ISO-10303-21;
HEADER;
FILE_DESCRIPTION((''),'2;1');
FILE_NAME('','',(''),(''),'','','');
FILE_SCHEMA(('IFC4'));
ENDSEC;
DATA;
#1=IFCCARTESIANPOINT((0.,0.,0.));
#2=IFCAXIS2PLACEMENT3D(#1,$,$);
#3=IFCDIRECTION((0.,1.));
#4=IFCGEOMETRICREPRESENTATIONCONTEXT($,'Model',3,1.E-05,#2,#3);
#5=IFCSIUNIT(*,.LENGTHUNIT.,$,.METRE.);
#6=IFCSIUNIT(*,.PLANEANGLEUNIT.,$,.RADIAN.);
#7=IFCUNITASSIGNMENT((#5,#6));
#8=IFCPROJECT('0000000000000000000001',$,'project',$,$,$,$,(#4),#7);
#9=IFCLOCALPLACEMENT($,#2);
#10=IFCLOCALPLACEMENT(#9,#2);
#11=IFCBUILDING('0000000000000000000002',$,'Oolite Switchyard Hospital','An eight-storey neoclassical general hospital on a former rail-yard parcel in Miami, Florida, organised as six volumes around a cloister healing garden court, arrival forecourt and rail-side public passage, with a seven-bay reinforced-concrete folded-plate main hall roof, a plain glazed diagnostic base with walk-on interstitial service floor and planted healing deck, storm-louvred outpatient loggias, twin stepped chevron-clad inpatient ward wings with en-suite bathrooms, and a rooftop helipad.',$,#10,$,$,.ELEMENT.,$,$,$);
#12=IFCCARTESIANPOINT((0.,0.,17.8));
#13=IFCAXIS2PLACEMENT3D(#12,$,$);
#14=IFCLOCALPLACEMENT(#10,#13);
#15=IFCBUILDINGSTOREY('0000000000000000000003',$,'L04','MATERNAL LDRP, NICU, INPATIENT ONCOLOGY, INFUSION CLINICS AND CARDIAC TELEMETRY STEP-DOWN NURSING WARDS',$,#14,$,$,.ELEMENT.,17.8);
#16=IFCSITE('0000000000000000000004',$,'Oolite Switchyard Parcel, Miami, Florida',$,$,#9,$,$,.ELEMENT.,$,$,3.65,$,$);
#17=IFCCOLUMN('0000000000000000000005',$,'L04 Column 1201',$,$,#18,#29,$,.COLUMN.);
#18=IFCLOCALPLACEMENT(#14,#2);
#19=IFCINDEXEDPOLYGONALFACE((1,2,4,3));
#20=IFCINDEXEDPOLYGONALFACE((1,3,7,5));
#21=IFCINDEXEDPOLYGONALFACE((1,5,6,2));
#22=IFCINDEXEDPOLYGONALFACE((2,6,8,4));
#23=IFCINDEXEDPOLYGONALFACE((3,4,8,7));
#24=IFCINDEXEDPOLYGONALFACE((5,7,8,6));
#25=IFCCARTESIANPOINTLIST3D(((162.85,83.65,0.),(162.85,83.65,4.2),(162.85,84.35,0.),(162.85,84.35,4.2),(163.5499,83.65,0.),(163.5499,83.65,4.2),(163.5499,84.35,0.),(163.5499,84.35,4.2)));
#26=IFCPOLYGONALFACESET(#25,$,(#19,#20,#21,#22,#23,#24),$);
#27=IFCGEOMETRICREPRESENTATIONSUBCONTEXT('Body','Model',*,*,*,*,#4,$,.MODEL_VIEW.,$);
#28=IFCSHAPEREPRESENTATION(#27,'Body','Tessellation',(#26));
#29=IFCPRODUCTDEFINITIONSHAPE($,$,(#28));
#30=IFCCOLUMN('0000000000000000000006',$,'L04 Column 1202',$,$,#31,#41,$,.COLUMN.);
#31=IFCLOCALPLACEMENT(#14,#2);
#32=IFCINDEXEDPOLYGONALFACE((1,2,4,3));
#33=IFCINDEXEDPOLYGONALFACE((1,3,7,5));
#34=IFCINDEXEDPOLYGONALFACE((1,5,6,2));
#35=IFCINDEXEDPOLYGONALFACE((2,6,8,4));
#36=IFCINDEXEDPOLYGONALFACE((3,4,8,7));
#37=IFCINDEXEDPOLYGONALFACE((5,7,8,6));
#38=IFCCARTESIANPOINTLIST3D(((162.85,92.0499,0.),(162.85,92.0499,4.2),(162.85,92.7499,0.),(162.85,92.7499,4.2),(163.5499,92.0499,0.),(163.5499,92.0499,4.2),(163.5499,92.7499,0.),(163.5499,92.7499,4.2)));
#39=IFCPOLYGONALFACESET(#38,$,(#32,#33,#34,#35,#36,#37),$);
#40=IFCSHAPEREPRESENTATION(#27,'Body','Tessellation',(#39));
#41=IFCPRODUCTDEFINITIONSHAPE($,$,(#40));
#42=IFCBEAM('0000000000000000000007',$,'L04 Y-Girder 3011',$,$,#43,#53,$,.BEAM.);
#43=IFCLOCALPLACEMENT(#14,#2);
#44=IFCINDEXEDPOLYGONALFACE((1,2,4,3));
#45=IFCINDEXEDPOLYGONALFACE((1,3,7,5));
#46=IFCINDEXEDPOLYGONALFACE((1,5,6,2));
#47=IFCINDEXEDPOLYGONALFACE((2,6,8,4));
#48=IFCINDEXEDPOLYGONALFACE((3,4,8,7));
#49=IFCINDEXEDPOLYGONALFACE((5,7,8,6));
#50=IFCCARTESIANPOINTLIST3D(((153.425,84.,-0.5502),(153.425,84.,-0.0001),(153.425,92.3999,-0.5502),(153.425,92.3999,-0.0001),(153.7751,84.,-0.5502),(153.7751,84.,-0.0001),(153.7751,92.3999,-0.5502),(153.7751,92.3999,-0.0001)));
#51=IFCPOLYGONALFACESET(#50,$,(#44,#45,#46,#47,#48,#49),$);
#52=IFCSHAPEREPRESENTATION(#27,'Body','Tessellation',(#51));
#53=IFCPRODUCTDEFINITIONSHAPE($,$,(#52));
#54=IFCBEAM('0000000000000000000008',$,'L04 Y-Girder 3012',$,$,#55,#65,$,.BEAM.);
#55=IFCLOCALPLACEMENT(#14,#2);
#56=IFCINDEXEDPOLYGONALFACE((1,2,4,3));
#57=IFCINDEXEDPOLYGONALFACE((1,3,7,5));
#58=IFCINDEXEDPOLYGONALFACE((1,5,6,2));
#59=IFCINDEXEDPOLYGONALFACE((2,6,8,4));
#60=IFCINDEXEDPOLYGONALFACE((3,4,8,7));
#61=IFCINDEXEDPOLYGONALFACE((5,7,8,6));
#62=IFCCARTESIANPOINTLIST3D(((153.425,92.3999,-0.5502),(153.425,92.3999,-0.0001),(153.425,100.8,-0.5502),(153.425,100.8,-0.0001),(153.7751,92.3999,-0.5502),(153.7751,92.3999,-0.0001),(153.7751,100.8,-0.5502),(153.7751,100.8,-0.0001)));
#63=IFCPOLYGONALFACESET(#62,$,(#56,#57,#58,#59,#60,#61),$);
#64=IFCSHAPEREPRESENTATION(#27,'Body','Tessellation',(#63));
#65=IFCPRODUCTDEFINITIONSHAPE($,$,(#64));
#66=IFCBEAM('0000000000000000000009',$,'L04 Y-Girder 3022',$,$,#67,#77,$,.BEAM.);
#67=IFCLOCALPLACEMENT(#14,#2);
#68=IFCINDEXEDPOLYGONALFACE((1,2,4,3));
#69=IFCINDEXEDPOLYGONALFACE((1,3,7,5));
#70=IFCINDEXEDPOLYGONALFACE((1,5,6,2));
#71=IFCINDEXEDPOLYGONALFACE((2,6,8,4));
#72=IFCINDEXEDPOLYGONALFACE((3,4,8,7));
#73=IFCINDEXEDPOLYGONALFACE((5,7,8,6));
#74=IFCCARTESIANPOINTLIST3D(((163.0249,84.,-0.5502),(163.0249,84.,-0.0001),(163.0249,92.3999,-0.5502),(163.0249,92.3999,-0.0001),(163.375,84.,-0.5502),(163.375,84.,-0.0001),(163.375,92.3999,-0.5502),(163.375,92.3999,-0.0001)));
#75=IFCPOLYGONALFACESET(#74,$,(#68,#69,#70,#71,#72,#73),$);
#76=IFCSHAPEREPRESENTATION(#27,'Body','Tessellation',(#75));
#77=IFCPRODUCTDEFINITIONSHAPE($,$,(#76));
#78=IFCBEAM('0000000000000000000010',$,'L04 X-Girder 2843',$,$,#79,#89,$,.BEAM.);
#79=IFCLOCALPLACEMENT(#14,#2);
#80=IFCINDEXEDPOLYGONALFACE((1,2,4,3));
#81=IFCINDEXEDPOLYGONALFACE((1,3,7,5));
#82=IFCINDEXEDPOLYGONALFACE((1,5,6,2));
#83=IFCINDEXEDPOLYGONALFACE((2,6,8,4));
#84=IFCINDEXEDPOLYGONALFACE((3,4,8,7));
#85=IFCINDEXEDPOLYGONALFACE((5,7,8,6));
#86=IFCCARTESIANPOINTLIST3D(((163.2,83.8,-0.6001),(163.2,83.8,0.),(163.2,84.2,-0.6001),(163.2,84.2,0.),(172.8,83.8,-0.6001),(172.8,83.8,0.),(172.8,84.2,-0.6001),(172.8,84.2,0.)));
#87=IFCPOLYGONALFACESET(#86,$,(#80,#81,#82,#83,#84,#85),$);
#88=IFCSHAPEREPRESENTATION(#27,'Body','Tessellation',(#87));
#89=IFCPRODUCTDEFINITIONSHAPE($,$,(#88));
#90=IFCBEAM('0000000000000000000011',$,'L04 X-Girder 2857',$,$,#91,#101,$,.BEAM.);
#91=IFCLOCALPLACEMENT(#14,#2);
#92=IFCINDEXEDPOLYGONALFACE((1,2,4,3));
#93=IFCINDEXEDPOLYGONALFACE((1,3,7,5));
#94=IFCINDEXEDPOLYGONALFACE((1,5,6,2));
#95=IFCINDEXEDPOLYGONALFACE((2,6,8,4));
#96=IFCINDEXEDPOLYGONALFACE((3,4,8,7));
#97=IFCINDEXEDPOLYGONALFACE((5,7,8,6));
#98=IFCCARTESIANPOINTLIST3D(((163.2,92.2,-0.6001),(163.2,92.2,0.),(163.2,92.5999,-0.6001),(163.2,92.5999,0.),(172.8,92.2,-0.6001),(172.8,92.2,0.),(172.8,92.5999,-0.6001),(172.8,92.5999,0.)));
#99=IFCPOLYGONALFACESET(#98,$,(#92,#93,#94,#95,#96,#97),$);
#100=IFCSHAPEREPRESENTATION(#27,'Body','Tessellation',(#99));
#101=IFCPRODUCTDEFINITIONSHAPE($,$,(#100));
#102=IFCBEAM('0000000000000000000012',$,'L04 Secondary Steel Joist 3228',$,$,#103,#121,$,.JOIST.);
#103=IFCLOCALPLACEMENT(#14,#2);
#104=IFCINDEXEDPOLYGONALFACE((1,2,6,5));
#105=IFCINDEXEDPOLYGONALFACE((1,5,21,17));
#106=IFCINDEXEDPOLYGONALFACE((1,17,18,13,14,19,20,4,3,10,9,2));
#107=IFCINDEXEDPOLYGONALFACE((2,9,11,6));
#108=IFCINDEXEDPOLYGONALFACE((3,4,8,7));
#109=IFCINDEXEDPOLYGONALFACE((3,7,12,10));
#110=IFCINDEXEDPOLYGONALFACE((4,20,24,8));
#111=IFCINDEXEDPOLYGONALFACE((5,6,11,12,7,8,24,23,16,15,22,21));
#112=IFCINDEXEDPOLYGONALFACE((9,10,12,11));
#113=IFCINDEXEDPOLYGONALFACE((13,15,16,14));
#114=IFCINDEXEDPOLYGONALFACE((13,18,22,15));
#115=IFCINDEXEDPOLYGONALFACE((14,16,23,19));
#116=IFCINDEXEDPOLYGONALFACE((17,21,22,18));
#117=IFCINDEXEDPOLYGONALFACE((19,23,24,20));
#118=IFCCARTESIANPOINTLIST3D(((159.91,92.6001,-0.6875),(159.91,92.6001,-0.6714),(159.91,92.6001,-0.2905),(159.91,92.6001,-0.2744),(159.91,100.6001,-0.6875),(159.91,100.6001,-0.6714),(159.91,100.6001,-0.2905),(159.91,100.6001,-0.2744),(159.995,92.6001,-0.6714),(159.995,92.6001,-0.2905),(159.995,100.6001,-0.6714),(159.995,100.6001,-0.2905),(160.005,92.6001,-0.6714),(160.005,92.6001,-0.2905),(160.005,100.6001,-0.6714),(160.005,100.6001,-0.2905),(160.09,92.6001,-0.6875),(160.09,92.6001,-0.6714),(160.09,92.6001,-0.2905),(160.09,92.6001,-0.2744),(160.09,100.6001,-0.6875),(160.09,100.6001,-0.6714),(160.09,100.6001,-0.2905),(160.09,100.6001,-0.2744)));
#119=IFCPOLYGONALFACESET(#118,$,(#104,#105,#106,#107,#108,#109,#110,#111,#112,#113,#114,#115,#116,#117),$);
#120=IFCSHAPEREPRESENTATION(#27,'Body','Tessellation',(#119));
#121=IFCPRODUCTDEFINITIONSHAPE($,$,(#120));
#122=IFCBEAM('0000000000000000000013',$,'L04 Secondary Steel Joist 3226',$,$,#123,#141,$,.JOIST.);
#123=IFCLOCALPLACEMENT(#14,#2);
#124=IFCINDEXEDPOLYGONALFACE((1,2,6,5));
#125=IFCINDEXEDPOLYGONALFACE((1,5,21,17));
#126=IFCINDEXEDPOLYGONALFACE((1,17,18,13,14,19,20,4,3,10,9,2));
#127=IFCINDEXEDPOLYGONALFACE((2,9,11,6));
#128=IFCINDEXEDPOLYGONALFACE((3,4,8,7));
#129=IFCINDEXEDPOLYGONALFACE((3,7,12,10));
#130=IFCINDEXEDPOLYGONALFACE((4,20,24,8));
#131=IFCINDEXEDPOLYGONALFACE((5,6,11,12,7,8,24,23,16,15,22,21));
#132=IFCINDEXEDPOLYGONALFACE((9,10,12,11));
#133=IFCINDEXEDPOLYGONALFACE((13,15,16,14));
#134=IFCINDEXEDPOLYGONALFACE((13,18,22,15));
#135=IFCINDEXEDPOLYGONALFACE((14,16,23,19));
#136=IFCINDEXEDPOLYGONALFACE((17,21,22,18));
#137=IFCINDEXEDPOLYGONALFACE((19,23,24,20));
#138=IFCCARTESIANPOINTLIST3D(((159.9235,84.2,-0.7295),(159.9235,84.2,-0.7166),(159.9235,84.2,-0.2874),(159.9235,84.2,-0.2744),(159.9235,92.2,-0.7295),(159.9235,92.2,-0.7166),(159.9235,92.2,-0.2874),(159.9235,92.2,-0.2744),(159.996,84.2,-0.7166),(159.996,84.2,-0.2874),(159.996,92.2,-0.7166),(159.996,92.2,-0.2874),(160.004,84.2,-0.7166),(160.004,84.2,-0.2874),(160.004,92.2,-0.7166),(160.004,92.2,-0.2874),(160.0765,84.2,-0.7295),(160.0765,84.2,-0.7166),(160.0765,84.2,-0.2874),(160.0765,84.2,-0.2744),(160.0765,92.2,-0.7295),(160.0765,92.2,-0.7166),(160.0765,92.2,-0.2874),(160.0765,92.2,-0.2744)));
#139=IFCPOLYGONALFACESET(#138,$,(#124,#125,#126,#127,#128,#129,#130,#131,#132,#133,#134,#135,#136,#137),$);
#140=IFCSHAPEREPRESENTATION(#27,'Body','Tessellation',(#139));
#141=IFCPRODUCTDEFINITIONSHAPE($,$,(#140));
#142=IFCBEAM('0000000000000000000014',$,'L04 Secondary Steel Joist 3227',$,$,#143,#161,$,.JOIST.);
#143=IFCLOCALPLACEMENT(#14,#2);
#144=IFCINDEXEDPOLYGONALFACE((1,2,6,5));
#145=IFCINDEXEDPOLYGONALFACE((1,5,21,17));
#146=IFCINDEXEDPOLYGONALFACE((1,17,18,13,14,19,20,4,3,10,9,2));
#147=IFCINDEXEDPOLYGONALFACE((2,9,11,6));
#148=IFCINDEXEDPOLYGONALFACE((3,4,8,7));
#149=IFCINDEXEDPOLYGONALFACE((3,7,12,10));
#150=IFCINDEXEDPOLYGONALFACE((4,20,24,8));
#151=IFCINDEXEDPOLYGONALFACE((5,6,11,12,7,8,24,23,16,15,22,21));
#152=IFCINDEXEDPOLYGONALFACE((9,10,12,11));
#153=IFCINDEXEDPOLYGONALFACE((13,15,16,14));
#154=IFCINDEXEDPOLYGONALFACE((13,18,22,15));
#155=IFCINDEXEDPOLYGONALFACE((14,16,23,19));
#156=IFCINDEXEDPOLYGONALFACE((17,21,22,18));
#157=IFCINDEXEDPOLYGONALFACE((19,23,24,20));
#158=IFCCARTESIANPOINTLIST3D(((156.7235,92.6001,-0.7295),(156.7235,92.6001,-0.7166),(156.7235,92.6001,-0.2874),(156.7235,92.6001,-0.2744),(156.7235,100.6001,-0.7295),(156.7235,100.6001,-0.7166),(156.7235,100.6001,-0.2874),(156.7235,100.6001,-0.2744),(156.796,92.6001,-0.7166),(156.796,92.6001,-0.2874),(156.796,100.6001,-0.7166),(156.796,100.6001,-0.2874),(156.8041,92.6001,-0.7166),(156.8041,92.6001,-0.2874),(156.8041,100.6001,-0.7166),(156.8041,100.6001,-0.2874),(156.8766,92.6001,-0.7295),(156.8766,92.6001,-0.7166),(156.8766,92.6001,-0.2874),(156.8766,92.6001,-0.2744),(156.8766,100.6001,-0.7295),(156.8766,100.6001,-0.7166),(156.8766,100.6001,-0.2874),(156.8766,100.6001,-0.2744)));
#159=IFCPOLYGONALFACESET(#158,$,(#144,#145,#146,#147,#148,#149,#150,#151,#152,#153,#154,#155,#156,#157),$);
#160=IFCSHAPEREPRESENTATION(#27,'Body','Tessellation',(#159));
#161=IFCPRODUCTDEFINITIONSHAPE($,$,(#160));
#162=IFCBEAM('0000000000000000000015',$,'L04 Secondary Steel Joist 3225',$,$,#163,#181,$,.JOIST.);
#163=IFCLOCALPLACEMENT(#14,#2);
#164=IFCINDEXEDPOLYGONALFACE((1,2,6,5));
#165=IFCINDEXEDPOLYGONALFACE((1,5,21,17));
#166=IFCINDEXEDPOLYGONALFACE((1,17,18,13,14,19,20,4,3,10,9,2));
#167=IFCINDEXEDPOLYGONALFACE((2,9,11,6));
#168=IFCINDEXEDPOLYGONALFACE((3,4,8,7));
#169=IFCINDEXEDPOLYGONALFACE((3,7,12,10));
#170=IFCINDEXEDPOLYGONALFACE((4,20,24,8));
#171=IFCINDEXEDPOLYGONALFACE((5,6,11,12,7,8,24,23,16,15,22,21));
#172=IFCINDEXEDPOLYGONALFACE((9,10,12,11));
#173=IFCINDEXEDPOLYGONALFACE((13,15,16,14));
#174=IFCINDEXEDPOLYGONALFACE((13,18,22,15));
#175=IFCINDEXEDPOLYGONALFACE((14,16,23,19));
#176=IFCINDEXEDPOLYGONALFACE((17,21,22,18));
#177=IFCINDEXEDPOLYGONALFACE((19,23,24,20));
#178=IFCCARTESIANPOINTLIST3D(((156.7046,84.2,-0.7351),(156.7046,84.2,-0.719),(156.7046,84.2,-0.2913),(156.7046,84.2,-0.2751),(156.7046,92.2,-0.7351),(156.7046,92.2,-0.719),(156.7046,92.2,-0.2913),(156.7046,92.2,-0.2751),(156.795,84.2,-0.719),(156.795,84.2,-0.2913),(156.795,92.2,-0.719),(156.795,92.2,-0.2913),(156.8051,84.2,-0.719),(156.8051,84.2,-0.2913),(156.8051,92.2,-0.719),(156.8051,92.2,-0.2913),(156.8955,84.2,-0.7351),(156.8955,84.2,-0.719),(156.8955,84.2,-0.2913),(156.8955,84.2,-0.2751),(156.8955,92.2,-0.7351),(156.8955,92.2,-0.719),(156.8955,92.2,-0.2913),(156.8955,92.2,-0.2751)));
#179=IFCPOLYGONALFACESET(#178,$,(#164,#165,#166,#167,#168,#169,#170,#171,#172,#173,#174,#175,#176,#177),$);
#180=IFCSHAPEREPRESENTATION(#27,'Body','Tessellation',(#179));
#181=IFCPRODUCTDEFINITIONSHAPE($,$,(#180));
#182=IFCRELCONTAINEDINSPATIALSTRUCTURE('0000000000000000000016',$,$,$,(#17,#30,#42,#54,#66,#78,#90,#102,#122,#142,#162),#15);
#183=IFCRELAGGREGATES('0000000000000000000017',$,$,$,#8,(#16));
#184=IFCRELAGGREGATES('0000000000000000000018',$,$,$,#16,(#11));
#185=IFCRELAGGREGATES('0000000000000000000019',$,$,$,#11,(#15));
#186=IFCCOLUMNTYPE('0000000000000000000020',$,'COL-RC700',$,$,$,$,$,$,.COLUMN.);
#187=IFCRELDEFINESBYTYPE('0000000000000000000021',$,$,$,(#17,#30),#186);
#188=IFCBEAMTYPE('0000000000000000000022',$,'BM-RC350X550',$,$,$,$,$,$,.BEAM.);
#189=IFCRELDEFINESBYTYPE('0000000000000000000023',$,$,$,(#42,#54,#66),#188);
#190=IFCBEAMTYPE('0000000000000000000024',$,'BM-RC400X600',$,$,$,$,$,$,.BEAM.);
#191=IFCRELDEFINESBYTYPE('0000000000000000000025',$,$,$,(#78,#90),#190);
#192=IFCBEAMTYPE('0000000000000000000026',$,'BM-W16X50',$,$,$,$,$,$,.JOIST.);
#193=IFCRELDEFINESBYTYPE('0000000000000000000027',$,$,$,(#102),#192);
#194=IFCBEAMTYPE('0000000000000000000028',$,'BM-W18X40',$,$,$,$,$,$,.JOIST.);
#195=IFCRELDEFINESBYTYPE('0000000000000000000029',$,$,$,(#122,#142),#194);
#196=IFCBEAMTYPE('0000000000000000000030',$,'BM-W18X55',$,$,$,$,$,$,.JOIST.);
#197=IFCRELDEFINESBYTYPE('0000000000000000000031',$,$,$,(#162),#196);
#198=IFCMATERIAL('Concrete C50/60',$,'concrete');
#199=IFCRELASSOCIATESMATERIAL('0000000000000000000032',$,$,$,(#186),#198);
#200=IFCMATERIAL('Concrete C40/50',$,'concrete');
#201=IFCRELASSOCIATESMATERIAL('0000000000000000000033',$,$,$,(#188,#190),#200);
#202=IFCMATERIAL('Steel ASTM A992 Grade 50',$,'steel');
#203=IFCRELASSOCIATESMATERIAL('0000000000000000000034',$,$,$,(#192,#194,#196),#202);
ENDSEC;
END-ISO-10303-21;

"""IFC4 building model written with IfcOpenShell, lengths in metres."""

from ifc_helpers import new_model, si_unit, direction, frame, origin, origin_2d, place, context, subcontext, project, spatial, rectangle, i_section, extrude, material, material_profile, profile_set, type_object, element, save


model = new_model("IFC4")

# Units and contexts
model_context = context("Model", 3, precision=1e-05, world=origin(), true_north=direction((0.0, 1.0)))
body_context = subcontext(model_context, "Body", "Model", "MODEL_VIEW")
ifc_project = project(units=[si_unit("LENGTHUNIT", "METRE"), si_unit("PLANEANGLEUNIT", "RADIAN")], contexts=[model_context])

# Site, building, storey
site_placement = place(None, origin())
site = spatial("IfcSite", under=ifc_project, at=site_placement, Name="Oolite Switchyard Parcel, Miami, Florida", CompositionType="ELEMENT", RefElevation=3.65)
building_placement = place(site_placement, origin())
building = spatial("IfcBuilding", under=site, at=building_placement, Name="Oolite Switchyard Hospital", Description="An eight-storey neoclassical general hospital on a former rail-yard parcel in Miami, Florida, organised as six volumes around a cloister healing garden court, arrival forecourt and rail-side public passage, with a seven-bay reinforced-concrete folded-plate main hall roof, a plain glazed diagnostic base with walk-on interstitial service floor and planted healing deck, storm-louvred outpatient loggias, twin stepped chevron-clad inpatient ward wings with en-suite bathrooms, and a rooftop helipad.", CompositionType="ELEMENT")
storey_placement = place(building_placement, frame((0.0, 0.0, 17.8)))
storey = spatial("IfcBuildingStorey", under=building, at=storey_placement, Name="L04", Description="MATERNAL LDRP, NICU, INPATIENT ONCOLOGY, INFUSION CLINICS AND CARDIAC TELEMETRY STEP-DOWN NURSING WARDS", CompositionType="ELEMENT", Elevation=17.8)

# Columns
ifc_material_1 = material(Name="Concrete C50/60", Category="concrete")
ifc_material_profile_1 = material_profile(ifc_material_1, rectangle(XDim=0.7, YDim=0.7, at=origin_2d()), Name="RC700X700")
ifc_profile_set_1 = profile_set([ifc_material_profile_1], Name="Concrete C50/60")
column_type = type_object("IfcColumnType", Name="COL-RC700", PredefinedType="COLUMN", material=ifc_profile_set_1)
for number, where, z_axis, x_axis, name in (
    (1, (163.2, 84.0, 0.0), (0.0, 0.0, 1.0), (1.0, 0.0, 0.0), "L04 Column 1201"),
    (2, (163.2, 92.3999, 0.0), (0.0, 0.0, 1.0), (1.0, 0.0, 0.0), "L04 Column 1202"),
):
    element("IfcColumn", number, at=place(storey_placement, frame(where, z_axis=z_axis, x_axis=x_axis)), inside=storey, type_object=column_type, Name=name, PredefinedType="COLUMN", context=body_context, shape_type="SweptSolid", body=[
        extrude(rectangle(XDim=0.7, YDim=0.7, at=origin_2d()), origin(), (0.0, 0.0, 1.0), 4.2),
    ])

# Beams
ifc_material_2 = material(Name="Concrete C40/50", Category="concrete")
ifc_material_profile_2 = material_profile(ifc_material_2, rectangle(XDim=0.3501, YDim=0.55, at=origin_2d()), Name="RCB350X550")
ifc_profile_set_2 = profile_set([ifc_material_profile_2], Name="Concrete C40/50")
beam_type_1 = type_object("IfcBeamType", Name="BM-RC350X550", PredefinedType="BEAM", material=ifc_profile_set_2)
beam_1_placement = place(storey_placement, frame((153.6001, 84.0, -0.2751), z_axis=(0.0, 1.0, 0.0), x_axis=(-1.0, 0.0, 0.0)))
element("IfcBeam", 3, at=beam_1_placement, inside=storey, type_object=beam_type_1, Name="L04 Y-Girder 3011", PredefinedType="BEAM", context=body_context, shape_type="SweptSolid", body=[
    extrude(rectangle(XDim=0.3501, YDim=0.55, at=origin_2d()), origin(), (0.0, 0.0, 1.0), 8.3999),
])
beam_2_placement = place(storey_placement, frame((153.6001, 92.3999, -0.2751), z_axis=(0.0, 1.0, 0.0), x_axis=(-1.0, 0.0, 0.0)))
element("IfcBeam", 4, at=beam_2_placement, inside=storey, type_object=beam_type_1, Name="L04 Y-Girder 3012", PredefinedType="BEAM", context=body_context, shape_type="SweptSolid", body=[
    extrude(rectangle(XDim=0.3501, YDim=0.55, at=origin_2d()), origin(), (0.0, 0.0, 1.0), 8.4001),
])
beam_3_placement = place(storey_placement, frame((163.2, 84.0, -0.2751), z_axis=(0.0, 1.0, 0.0), x_axis=(-1.0, 0.0, 0.0)))
element("IfcBeam", 5, at=beam_3_placement, inside=storey, type_object=beam_type_1, Name="L04 Y-Girder 3022", PredefinedType="BEAM", context=body_context, shape_type="SweptSolid", body=[
    extrude(rectangle(XDim=0.3501, YDim=0.55, at=origin_2d()), origin(), (0.0, 0.0, 1.0), 8.3999),
])
ifc_material_profile_3 = material_profile(ifc_material_2, rectangle(XDim=0.3999, YDim=0.6001, at=origin_2d()), Name="RCB400X600")
ifc_profile_set_3 = profile_set([ifc_material_profile_3], Name="Concrete C40/50")
beam_type_2 = type_object("IfcBeamType", Name="BM-RC400X600", PredefinedType="BEAM", material=ifc_profile_set_3)
for number, where, z_axis, x_axis, name in (
    (6, (163.2, 84.0, -0.3), (1.0, 0.0, 0.0), (0.0, 1.0, 0.0), "L04 X-Girder 2843"),
    (7, (163.2, 92.3999, -0.3), (1.0, 0.0, 0.0), (0.0, 1.0, 0.0), "L04 X-Girder 2857"),
):
    element("IfcBeam", number, at=place(storey_placement, frame(where, z_axis=z_axis, x_axis=x_axis)), inside=storey, type_object=beam_type_2, Name=name, PredefinedType="BEAM", context=body_context, shape_type="SweptSolid", body=[
        extrude(rectangle(XDim=0.3999, YDim=0.6001, at=origin_2d()), origin(), (0.0, 0.0, 1.0), 9.6001),
    ])
ifc_material_3 = material(Name="Steel ASTM A992 Grade 50", Category="steel")
ifc_material_profile_4 = material_profile(ifc_material_3, i_section(OverallWidth=0.1799, OverallDepth=0.4131, WebThickness=0.01, FlangeThickness=0.0161, at=origin_2d()), Name="W16X50")
ifc_profile_set_4 = profile_set([ifc_material_profile_4], Name="Steel ASTM A992 Grade 50")
beam_type_3 = type_object("IfcBeamType", Name="BM-W16X50", PredefinedType="JOIST", material=ifc_profile_set_4)
beam_4_placement = place(storey_placement, frame((160.0, 92.6001, -0.481), z_axis=(0.0, 1.0, 0.0), x_axis=(-1.0, 0.0, 0.0)))
element("IfcBeam", 8, at=beam_4_placement, inside=storey, type_object=beam_type_3, Name="L04 Secondary Steel Joist 3228", PredefinedType="JOIST", context=body_context, shape_type="SweptSolid", body=[
    extrude(i_section(OverallWidth=0.1799, OverallDepth=0.4131, WebThickness=0.01, FlangeThickness=0.0161, at=origin_2d()), origin(), (0.0, 0.0, 1.0), 8.0),
])
ifc_material_profile_5 = material_profile(ifc_material_3, i_section(OverallWidth=0.1531, OverallDepth=0.4551, WebThickness=0.0081, FlangeThickness=0.0129, at=origin_2d()), Name="W18X40")
ifc_profile_set_5 = profile_set([ifc_material_profile_5], Name="Steel ASTM A992 Grade 50")
beam_type_4 = type_object("IfcBeamType", Name="BM-W18X40", PredefinedType="JOIST", material=ifc_profile_set_5)
for number, where, z_axis, x_axis, name in (
    (9, (160.0, 84.2, -0.502), (0.0, 1.0, 0.0), (-1.0, 0.0, 0.0), "L04 Secondary Steel Joist 3226"),
    (10, (156.8, 92.6001, -0.502), (0.0, 1.0, 0.0), (-1.0, 0.0, 0.0), "L04 Secondary Steel Joist 3227"),
):
    element("IfcBeam", number, at=place(storey_placement, frame(where, z_axis=z_axis, x_axis=x_axis)), inside=storey, type_object=beam_type_4, Name=name, PredefinedType="JOIST", context=body_context, shape_type="SweptSolid", body=[
        extrude(i_section(OverallWidth=0.1531, OverallDepth=0.4551, WebThickness=0.0081, FlangeThickness=0.0129, at=origin_2d()), origin(), (0.0, 0.0, 1.0), 8.0),
    ])
ifc_material_profile_6 = material_profile(ifc_material_3, i_section(OverallWidth=0.1909, OverallDepth=0.46, WebThickness=0.01, FlangeThickness=0.0161, at=origin_2d()), Name="W18X55")
ifc_profile_set_6 = profile_set([ifc_material_profile_6], Name="Steel ASTM A992 Grade 50")
beam_type_5 = type_object("IfcBeamType", Name="BM-W18X55", PredefinedType="JOIST", material=ifc_profile_set_6)
beam_5_placement = place(storey_placement, frame((156.8, 84.2, -0.5051), z_axis=(0.0, 1.0, 0.0), x_axis=(-1.0, 0.0, 0.0)))
element("IfcBeam", 11, at=beam_5_placement, inside=storey, type_object=beam_type_5, Name="L04 Secondary Steel Joist 3225", PredefinedType="JOIST", context=body_context, shape_type="SweptSolid", body=[
    extrude(i_section(OverallWidth=0.1909, OverallDepth=0.46, WebThickness=0.01, FlangeThickness=0.0161, at=origin_2d()), origin(), (0.0, 0.0, 1.0), 8.0),
])

save(model, "model.ifc")
